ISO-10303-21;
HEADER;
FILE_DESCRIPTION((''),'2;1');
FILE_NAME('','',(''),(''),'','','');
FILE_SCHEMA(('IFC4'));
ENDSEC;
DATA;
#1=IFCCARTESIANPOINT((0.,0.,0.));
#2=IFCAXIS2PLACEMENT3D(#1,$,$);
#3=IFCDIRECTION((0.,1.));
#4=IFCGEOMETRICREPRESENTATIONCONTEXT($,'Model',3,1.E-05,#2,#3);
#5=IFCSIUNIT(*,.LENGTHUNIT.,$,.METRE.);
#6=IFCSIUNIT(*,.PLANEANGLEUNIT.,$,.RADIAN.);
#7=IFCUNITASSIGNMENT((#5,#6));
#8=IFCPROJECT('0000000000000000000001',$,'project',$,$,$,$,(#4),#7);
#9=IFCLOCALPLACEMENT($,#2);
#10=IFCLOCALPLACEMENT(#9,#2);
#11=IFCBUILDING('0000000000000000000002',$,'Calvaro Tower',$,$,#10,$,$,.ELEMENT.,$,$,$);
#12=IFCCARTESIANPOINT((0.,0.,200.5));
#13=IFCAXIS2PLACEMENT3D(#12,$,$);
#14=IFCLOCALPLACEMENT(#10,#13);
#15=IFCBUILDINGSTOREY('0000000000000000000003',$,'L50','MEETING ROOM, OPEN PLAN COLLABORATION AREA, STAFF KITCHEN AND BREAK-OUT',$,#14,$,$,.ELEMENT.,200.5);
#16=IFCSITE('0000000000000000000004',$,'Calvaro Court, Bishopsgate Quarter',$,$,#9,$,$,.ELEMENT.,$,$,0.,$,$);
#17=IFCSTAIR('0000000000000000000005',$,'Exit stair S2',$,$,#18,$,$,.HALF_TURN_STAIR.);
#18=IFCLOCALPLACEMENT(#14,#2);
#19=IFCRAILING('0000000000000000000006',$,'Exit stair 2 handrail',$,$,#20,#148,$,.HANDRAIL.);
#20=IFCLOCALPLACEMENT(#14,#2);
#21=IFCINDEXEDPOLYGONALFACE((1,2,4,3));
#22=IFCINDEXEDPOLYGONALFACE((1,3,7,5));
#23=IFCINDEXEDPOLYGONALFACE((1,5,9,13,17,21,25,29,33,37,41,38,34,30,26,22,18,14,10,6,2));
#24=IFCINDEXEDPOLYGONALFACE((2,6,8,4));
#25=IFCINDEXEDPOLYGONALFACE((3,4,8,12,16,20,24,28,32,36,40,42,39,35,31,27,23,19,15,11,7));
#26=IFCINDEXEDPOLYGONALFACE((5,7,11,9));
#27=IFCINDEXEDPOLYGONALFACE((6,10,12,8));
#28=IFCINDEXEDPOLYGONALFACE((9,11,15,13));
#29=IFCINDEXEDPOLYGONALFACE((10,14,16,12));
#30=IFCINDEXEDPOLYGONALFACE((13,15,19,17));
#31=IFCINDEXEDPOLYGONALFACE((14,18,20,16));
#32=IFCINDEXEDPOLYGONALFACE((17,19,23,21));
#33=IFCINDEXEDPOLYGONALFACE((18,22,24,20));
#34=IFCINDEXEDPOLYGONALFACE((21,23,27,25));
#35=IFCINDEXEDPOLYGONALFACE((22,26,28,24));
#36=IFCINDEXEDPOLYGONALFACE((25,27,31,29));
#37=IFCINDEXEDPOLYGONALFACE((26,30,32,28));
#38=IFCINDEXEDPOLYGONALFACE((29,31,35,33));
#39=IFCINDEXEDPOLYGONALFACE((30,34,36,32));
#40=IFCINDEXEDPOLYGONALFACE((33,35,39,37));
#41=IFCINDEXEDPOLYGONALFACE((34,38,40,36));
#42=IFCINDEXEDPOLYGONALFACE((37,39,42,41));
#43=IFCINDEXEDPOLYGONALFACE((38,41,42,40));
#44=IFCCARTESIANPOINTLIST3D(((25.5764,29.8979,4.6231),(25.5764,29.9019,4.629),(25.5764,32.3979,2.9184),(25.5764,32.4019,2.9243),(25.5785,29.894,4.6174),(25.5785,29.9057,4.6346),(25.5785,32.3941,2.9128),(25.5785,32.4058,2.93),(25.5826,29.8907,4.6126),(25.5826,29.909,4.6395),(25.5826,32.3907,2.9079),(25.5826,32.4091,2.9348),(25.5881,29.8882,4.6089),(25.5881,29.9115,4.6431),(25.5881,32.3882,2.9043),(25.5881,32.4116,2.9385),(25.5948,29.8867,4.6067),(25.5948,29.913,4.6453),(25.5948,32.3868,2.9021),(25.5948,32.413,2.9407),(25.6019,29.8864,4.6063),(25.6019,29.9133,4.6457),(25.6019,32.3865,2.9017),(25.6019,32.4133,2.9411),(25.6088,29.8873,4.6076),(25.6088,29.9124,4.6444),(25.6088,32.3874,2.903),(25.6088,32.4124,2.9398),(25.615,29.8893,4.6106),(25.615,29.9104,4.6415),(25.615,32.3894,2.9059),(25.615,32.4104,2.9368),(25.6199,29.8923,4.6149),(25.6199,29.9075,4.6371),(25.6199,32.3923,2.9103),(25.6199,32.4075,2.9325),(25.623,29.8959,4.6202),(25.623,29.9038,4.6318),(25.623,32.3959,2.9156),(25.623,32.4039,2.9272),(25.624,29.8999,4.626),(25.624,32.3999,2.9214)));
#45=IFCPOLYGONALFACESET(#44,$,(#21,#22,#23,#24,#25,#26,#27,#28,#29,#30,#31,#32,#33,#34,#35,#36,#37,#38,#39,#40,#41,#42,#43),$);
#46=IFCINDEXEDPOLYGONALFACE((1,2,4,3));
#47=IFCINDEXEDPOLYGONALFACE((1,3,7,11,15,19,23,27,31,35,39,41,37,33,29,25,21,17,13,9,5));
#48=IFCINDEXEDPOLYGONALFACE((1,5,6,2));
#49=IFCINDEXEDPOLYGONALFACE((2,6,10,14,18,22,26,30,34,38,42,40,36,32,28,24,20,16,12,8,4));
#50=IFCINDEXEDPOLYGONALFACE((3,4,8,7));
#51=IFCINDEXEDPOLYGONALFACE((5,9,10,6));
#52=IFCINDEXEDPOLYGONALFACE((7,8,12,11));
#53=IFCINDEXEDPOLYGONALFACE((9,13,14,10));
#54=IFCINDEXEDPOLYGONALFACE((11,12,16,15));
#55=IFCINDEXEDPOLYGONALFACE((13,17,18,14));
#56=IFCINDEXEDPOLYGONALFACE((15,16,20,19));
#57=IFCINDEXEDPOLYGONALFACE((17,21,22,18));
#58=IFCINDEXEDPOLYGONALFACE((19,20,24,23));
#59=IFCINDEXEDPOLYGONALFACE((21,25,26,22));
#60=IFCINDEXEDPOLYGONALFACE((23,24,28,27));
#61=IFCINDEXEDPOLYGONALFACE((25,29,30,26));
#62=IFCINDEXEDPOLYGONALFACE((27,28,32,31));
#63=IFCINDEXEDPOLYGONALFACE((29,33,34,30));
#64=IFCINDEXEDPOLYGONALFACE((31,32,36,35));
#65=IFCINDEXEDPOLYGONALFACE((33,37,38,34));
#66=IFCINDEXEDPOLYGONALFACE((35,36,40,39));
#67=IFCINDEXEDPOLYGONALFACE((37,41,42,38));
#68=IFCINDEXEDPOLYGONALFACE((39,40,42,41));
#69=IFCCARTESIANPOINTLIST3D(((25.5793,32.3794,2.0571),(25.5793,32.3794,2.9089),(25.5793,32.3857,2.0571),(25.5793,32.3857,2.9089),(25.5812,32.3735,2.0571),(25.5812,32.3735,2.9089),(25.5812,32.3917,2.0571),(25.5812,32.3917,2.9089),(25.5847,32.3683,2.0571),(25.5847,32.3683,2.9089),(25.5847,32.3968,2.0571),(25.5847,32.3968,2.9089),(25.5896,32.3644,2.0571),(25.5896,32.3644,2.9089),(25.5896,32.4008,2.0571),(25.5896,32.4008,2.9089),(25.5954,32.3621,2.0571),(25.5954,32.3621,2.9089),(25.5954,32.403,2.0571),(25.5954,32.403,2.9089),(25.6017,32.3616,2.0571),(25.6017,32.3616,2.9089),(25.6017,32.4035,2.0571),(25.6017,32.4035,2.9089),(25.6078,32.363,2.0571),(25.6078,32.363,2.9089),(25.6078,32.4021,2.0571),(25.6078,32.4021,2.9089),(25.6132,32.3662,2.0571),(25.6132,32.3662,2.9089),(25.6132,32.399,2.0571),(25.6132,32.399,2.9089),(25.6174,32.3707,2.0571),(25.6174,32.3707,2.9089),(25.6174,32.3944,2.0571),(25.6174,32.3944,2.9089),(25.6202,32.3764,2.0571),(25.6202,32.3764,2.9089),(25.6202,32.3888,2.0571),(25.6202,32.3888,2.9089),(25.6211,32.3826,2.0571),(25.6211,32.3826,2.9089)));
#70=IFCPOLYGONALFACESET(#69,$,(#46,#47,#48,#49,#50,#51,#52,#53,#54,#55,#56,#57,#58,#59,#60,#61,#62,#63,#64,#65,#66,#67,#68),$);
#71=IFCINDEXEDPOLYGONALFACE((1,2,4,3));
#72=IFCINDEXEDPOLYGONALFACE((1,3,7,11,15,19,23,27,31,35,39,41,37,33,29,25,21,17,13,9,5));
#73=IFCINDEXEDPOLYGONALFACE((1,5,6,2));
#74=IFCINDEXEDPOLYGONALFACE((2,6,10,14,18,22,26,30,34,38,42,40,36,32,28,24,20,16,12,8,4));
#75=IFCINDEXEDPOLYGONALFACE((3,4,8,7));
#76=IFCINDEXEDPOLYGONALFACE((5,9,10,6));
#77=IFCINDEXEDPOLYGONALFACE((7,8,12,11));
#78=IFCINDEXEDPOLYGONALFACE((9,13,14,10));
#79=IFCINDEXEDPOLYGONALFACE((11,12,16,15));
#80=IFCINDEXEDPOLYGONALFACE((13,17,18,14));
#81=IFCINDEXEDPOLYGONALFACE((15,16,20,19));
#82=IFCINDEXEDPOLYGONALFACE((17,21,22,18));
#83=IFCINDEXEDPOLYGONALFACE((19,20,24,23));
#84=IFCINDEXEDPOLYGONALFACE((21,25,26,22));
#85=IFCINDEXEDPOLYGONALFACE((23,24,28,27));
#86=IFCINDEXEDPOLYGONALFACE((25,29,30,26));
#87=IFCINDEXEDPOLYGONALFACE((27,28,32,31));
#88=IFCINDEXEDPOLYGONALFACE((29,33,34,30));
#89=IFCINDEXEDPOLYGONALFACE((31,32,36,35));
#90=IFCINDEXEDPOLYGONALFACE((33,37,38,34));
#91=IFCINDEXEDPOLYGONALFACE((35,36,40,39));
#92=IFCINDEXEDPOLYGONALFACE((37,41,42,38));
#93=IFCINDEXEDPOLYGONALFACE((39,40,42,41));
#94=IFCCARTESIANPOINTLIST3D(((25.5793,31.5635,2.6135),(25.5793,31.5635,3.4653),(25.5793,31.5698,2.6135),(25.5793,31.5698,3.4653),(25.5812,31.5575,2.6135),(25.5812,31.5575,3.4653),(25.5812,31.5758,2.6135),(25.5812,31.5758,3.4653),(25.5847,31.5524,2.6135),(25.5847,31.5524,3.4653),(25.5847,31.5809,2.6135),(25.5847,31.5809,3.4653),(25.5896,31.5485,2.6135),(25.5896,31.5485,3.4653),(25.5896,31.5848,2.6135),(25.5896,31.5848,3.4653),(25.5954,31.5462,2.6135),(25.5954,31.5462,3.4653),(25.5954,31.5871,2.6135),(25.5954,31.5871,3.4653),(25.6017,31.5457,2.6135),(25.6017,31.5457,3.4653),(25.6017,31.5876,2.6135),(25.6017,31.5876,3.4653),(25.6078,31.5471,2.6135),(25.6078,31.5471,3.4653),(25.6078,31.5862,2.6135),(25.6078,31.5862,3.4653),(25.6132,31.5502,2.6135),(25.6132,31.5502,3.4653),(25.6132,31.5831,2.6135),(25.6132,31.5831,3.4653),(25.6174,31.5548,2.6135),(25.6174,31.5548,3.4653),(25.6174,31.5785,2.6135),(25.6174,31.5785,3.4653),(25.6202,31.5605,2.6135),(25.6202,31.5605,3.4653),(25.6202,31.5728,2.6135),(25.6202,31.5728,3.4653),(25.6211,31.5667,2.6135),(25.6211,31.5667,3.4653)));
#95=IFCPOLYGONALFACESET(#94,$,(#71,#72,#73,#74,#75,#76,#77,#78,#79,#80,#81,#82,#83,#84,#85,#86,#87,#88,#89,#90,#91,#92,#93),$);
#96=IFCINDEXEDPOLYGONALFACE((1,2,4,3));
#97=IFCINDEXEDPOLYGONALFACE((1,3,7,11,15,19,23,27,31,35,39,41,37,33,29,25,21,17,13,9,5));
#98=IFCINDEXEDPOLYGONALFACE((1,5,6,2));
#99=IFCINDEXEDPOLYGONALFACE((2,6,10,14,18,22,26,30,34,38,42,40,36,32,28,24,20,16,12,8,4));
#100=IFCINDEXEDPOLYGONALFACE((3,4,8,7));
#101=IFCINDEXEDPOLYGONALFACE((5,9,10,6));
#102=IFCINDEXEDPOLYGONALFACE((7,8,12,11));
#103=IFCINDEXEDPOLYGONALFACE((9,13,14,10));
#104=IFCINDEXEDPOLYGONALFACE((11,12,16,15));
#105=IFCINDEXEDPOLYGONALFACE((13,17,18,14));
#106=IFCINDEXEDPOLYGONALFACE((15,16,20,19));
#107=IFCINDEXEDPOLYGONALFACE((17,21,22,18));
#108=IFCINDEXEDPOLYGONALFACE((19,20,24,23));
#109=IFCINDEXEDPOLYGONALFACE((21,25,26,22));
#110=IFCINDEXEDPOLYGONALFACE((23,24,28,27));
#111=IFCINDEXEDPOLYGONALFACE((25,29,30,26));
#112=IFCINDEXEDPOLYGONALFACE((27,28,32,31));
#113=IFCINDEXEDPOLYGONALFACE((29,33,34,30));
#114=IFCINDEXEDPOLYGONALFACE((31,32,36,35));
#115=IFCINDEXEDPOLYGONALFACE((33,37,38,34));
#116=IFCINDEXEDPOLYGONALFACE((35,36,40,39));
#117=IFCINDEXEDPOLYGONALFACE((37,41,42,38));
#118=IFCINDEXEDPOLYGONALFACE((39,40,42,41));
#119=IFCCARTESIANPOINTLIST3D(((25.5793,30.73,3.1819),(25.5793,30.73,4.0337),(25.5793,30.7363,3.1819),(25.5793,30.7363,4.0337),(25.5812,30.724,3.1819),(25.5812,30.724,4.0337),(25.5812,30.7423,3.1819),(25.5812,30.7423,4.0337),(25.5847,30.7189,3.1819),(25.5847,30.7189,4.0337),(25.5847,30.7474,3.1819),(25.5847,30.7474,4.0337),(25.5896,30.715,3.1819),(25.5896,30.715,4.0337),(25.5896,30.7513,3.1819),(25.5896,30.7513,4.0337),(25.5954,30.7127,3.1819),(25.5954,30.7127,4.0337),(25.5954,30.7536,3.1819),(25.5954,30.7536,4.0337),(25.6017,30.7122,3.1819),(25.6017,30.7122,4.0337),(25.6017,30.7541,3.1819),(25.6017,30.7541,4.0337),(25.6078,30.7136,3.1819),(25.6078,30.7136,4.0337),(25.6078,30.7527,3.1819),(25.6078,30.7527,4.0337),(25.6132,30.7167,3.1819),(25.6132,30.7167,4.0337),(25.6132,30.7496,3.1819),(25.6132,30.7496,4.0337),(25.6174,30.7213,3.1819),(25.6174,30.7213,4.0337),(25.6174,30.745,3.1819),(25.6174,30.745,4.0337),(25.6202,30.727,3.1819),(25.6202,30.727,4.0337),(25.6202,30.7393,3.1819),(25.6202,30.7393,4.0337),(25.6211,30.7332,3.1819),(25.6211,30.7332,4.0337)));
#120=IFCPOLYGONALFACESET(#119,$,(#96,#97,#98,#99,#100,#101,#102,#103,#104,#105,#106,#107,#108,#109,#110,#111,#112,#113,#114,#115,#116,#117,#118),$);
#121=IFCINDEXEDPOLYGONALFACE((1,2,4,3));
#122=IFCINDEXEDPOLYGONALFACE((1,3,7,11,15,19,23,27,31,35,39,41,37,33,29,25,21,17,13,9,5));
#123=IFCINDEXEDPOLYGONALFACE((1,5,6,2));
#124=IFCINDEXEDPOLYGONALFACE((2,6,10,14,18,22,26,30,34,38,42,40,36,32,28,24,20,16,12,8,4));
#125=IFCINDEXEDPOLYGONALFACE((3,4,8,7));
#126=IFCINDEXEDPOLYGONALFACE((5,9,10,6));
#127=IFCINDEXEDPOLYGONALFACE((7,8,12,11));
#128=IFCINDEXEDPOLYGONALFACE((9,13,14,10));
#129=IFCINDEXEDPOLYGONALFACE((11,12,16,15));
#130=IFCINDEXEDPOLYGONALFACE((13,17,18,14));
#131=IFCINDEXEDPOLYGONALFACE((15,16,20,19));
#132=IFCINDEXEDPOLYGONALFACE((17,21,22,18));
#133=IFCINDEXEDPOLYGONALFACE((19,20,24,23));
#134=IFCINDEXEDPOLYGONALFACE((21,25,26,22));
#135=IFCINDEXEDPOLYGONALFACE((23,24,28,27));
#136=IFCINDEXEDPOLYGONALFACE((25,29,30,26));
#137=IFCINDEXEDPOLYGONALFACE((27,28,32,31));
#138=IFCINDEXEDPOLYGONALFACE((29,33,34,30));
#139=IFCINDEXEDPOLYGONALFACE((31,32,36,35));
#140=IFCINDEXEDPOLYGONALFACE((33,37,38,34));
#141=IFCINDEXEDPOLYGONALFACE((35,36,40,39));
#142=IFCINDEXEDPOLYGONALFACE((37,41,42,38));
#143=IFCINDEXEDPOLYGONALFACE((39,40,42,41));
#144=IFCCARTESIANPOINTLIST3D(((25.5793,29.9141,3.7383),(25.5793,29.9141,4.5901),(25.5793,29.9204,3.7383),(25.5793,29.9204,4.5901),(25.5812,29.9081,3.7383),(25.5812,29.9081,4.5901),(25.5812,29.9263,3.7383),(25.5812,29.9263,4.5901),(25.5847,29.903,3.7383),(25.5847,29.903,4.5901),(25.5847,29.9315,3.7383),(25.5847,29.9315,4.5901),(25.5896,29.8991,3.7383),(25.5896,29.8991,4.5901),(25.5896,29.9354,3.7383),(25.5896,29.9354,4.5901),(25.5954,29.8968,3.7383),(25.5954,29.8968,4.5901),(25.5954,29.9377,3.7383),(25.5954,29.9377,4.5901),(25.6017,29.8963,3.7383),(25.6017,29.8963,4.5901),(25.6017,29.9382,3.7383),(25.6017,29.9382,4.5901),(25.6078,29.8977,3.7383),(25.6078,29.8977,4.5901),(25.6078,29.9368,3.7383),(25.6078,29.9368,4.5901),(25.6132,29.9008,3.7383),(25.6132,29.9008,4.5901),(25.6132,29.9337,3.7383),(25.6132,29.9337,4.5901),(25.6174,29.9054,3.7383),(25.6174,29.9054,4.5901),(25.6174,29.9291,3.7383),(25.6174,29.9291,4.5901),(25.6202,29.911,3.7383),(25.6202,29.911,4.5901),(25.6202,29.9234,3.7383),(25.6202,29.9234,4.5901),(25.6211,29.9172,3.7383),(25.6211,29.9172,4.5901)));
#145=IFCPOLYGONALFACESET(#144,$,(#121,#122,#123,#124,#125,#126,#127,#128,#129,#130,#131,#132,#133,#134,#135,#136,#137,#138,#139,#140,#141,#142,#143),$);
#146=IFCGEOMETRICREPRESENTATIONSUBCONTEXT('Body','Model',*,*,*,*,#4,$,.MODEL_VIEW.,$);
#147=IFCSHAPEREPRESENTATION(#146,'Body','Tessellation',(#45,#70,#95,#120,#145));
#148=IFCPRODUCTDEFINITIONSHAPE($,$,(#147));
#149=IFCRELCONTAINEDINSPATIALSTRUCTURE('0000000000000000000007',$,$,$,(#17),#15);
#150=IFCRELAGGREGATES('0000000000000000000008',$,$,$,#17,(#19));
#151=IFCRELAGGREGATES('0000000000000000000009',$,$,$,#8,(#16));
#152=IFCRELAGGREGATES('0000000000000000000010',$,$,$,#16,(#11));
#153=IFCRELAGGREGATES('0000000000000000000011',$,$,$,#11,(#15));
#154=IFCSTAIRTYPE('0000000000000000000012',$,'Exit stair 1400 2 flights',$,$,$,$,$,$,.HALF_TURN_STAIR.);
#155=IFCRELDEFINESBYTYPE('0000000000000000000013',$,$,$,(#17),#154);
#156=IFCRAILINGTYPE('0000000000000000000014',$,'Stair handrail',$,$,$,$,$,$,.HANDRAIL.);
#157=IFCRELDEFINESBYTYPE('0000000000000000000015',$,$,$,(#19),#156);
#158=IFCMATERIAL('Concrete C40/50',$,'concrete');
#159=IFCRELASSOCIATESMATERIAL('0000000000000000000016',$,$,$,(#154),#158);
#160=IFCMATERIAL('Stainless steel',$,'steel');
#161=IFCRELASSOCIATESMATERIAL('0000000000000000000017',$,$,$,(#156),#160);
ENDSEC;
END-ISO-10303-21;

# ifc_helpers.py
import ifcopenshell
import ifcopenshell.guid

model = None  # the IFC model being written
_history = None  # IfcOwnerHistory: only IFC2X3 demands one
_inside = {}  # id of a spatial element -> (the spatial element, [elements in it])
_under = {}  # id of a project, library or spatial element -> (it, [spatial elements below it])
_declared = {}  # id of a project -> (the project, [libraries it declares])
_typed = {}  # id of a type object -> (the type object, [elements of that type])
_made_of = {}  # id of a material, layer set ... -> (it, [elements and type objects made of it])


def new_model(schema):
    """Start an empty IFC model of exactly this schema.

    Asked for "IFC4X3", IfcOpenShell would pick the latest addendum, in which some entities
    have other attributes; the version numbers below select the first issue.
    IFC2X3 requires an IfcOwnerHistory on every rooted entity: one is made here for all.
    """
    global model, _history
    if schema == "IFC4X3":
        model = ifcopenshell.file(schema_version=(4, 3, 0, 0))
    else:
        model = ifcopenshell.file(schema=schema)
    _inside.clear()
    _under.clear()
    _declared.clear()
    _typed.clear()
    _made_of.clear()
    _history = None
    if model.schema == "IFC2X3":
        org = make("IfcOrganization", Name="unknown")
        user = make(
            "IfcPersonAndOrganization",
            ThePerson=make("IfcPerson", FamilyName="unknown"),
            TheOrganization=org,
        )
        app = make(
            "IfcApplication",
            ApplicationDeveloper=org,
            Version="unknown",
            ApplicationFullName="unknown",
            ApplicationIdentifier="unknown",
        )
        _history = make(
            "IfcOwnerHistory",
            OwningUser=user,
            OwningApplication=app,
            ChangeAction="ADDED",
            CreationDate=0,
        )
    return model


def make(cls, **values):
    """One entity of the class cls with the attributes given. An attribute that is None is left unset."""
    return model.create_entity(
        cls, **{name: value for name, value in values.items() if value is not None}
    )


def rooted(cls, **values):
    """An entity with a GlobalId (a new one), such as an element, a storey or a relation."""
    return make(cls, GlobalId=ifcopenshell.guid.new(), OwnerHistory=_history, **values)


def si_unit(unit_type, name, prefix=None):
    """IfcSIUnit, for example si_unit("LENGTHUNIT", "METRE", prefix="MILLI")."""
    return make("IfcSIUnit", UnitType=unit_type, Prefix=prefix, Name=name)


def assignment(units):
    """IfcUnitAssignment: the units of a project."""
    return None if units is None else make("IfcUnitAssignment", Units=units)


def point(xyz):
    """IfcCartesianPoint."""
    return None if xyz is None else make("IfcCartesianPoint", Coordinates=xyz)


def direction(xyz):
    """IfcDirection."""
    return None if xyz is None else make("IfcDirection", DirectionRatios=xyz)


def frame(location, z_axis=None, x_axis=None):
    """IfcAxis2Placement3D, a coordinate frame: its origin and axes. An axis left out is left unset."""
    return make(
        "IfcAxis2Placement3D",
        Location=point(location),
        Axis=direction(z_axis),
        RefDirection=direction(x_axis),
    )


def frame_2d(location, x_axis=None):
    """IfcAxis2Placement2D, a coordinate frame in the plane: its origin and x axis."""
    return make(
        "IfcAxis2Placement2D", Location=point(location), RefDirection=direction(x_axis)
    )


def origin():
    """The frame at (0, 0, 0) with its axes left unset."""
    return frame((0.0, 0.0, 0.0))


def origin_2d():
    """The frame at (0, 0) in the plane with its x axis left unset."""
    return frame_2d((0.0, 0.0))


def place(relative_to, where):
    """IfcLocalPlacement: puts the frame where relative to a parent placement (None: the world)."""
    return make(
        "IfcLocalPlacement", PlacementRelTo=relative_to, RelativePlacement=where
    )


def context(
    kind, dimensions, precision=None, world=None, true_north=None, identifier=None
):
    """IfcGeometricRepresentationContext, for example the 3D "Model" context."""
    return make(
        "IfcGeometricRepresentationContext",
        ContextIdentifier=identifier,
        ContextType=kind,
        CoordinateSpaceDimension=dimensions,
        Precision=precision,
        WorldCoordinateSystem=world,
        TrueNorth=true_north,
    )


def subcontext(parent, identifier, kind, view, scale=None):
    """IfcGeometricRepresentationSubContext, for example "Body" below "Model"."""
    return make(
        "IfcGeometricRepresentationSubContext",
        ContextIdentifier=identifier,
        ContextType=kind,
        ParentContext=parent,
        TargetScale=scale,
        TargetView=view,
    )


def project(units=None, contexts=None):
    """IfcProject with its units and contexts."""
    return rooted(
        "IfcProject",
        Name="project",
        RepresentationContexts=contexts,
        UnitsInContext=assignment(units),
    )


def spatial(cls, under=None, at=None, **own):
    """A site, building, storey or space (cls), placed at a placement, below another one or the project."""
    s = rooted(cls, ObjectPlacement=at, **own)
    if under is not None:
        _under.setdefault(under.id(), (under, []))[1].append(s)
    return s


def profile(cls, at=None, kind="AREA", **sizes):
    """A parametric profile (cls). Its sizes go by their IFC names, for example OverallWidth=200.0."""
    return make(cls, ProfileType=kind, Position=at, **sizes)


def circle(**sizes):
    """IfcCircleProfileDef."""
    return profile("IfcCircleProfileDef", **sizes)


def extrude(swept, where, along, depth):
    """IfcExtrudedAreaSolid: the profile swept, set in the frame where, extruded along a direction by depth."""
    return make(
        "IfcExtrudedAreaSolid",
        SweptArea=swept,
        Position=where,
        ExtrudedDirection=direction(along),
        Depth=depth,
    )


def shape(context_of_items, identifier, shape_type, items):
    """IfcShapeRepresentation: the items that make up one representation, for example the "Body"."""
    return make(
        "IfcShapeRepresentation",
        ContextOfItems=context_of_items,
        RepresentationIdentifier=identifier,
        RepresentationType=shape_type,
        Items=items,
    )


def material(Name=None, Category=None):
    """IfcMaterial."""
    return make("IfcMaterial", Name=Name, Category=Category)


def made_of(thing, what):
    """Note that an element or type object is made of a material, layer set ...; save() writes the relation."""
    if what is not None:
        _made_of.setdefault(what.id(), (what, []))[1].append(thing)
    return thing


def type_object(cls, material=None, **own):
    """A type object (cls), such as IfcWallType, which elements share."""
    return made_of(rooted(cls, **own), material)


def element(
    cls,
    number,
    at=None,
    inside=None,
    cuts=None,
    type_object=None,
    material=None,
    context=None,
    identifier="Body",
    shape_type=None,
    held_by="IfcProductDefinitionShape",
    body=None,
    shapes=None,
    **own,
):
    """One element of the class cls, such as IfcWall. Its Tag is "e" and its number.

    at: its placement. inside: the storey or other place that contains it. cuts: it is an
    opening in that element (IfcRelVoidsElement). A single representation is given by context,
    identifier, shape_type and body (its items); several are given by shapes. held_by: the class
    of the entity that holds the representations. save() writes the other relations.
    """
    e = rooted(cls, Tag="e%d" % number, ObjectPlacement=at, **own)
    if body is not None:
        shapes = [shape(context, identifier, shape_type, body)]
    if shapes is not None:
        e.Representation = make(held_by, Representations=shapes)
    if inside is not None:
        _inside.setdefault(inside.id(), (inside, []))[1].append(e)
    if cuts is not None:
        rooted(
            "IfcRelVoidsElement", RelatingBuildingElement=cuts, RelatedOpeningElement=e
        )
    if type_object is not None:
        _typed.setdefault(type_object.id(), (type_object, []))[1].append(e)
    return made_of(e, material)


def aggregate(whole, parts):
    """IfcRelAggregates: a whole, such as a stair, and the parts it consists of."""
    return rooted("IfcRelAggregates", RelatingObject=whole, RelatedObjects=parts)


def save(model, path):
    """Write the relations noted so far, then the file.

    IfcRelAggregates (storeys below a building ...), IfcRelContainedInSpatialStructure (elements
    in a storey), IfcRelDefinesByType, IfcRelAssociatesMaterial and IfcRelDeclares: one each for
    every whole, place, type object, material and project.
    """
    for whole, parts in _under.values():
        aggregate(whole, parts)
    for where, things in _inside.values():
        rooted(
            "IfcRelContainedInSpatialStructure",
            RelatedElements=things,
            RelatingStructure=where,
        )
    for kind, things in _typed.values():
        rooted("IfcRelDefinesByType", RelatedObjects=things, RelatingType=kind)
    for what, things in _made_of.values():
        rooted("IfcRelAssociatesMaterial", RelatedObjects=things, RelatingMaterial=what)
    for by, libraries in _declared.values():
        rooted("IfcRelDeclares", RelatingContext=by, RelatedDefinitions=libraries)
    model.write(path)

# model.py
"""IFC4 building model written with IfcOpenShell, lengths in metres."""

from ifc_helpers import new_model, si_unit, direction, frame, origin, origin_2d, place, context, subcontext, project, spatial, circle, extrude, material, type_object, element, aggregate, save


model = new_model("IFC4")

# Units and contexts
model_context = context("Model", 3, precision=1e-05, world=origin(), true_north=direction((0.0, 1.0)))
body_context = subcontext(model_context, "Body", "Model", "MODEL_VIEW")
ifc_project = project(units=[si_unit("LENGTHUNIT", "METRE"), si_unit("PLANEANGLEUNIT", "RADIAN")], contexts=[model_context])

# Site, building, storey
site_placement = place(None, origin())
site = spatial("IfcSite", under=ifc_project, at=site_placement, Name="Calvaro Court, Bishopsgate Quarter", CompositionType="ELEMENT", RefElevation=0.0)
building_placement = place(site_placement, origin())
building = spatial("IfcBuilding", under=site, at=building_placement, Name="Calvaro Tower", CompositionType="ELEMENT")
storey_placement = place(building_placement, frame((0.0, 0.0, 200.5)))
storey = spatial("IfcBuildingStorey", under=building, at=storey_placement, Name="L50", Description="MEETING ROOM, OPEN PLAN COLLABORATION AREA, STAFF KITCHEN AND BREAK-OUT", CompositionType="ELEMENT", Elevation=200.5)

# Stair, railing
ifc_material_1 = material(Name="Concrete C40/50", Category="concrete")
stair_type = type_object("IfcStairType", Name="Exit stair 1400 2 flights", PredefinedType="HALF_TURN_STAIR", material=ifc_material_1)
stair_placement = place(storey_placement, origin())
stair = element("IfcStair", 1, at=stair_placement, inside=storey, type_object=stair_type, Name="Exit stair S2", PredefinedType="HALF_TURN_STAIR")
ifc_material_2 = material(Name="Stainless steel", Category="steel")
railing_type = type_object("IfcRailingType", Name="Stair handrail", PredefinedType="HANDRAIL", material=ifc_material_2)
railing_1_placement = place(storey_placement, frame((25.6001, 32.3999, 2.0454)))
railing_1 = element("IfcRailing", 2, at=railing_1_placement, type_object=railing_type, Name="Exit stair 2 handrail", PredefinedType="HANDRAIL", context=body_context, shape_type="SweptSolid", body=[
    extrude(circle(Radius=0.0239, at=origin_2d()), frame((0.0, 0.0, 0.876), z_axis=(0.0, -0.826221, 0.563347), x_axis=(1.0, 0.0, 0.0)), (0.0, 0.0, 1.0), 3.0259),
    extrude(circle(Radius=0.021, at=origin_2d()), frame((0.0, -0.0173, 0.0117)), (0.0, 0.0, 1.0), 0.8518),
    extrude(circle(Radius=0.021, at=origin_2d()), frame((0.0, -0.8333, 0.5681)), (0.0, 0.0, 1.0), 0.8518),
    extrude(circle(Radius=0.021, at=origin_2d()), frame((0.0, -1.6667, 1.1365)), (0.0, 0.0, 1.0), 0.8518),
    extrude(circle(Radius=0.021, at=origin_2d()), frame((0.0, -2.4827, 1.6929)), (0.0, 0.0, 1.0), 0.8518),
])
aggregate(stair, [railing_1])

save(model, "model.ifc")
